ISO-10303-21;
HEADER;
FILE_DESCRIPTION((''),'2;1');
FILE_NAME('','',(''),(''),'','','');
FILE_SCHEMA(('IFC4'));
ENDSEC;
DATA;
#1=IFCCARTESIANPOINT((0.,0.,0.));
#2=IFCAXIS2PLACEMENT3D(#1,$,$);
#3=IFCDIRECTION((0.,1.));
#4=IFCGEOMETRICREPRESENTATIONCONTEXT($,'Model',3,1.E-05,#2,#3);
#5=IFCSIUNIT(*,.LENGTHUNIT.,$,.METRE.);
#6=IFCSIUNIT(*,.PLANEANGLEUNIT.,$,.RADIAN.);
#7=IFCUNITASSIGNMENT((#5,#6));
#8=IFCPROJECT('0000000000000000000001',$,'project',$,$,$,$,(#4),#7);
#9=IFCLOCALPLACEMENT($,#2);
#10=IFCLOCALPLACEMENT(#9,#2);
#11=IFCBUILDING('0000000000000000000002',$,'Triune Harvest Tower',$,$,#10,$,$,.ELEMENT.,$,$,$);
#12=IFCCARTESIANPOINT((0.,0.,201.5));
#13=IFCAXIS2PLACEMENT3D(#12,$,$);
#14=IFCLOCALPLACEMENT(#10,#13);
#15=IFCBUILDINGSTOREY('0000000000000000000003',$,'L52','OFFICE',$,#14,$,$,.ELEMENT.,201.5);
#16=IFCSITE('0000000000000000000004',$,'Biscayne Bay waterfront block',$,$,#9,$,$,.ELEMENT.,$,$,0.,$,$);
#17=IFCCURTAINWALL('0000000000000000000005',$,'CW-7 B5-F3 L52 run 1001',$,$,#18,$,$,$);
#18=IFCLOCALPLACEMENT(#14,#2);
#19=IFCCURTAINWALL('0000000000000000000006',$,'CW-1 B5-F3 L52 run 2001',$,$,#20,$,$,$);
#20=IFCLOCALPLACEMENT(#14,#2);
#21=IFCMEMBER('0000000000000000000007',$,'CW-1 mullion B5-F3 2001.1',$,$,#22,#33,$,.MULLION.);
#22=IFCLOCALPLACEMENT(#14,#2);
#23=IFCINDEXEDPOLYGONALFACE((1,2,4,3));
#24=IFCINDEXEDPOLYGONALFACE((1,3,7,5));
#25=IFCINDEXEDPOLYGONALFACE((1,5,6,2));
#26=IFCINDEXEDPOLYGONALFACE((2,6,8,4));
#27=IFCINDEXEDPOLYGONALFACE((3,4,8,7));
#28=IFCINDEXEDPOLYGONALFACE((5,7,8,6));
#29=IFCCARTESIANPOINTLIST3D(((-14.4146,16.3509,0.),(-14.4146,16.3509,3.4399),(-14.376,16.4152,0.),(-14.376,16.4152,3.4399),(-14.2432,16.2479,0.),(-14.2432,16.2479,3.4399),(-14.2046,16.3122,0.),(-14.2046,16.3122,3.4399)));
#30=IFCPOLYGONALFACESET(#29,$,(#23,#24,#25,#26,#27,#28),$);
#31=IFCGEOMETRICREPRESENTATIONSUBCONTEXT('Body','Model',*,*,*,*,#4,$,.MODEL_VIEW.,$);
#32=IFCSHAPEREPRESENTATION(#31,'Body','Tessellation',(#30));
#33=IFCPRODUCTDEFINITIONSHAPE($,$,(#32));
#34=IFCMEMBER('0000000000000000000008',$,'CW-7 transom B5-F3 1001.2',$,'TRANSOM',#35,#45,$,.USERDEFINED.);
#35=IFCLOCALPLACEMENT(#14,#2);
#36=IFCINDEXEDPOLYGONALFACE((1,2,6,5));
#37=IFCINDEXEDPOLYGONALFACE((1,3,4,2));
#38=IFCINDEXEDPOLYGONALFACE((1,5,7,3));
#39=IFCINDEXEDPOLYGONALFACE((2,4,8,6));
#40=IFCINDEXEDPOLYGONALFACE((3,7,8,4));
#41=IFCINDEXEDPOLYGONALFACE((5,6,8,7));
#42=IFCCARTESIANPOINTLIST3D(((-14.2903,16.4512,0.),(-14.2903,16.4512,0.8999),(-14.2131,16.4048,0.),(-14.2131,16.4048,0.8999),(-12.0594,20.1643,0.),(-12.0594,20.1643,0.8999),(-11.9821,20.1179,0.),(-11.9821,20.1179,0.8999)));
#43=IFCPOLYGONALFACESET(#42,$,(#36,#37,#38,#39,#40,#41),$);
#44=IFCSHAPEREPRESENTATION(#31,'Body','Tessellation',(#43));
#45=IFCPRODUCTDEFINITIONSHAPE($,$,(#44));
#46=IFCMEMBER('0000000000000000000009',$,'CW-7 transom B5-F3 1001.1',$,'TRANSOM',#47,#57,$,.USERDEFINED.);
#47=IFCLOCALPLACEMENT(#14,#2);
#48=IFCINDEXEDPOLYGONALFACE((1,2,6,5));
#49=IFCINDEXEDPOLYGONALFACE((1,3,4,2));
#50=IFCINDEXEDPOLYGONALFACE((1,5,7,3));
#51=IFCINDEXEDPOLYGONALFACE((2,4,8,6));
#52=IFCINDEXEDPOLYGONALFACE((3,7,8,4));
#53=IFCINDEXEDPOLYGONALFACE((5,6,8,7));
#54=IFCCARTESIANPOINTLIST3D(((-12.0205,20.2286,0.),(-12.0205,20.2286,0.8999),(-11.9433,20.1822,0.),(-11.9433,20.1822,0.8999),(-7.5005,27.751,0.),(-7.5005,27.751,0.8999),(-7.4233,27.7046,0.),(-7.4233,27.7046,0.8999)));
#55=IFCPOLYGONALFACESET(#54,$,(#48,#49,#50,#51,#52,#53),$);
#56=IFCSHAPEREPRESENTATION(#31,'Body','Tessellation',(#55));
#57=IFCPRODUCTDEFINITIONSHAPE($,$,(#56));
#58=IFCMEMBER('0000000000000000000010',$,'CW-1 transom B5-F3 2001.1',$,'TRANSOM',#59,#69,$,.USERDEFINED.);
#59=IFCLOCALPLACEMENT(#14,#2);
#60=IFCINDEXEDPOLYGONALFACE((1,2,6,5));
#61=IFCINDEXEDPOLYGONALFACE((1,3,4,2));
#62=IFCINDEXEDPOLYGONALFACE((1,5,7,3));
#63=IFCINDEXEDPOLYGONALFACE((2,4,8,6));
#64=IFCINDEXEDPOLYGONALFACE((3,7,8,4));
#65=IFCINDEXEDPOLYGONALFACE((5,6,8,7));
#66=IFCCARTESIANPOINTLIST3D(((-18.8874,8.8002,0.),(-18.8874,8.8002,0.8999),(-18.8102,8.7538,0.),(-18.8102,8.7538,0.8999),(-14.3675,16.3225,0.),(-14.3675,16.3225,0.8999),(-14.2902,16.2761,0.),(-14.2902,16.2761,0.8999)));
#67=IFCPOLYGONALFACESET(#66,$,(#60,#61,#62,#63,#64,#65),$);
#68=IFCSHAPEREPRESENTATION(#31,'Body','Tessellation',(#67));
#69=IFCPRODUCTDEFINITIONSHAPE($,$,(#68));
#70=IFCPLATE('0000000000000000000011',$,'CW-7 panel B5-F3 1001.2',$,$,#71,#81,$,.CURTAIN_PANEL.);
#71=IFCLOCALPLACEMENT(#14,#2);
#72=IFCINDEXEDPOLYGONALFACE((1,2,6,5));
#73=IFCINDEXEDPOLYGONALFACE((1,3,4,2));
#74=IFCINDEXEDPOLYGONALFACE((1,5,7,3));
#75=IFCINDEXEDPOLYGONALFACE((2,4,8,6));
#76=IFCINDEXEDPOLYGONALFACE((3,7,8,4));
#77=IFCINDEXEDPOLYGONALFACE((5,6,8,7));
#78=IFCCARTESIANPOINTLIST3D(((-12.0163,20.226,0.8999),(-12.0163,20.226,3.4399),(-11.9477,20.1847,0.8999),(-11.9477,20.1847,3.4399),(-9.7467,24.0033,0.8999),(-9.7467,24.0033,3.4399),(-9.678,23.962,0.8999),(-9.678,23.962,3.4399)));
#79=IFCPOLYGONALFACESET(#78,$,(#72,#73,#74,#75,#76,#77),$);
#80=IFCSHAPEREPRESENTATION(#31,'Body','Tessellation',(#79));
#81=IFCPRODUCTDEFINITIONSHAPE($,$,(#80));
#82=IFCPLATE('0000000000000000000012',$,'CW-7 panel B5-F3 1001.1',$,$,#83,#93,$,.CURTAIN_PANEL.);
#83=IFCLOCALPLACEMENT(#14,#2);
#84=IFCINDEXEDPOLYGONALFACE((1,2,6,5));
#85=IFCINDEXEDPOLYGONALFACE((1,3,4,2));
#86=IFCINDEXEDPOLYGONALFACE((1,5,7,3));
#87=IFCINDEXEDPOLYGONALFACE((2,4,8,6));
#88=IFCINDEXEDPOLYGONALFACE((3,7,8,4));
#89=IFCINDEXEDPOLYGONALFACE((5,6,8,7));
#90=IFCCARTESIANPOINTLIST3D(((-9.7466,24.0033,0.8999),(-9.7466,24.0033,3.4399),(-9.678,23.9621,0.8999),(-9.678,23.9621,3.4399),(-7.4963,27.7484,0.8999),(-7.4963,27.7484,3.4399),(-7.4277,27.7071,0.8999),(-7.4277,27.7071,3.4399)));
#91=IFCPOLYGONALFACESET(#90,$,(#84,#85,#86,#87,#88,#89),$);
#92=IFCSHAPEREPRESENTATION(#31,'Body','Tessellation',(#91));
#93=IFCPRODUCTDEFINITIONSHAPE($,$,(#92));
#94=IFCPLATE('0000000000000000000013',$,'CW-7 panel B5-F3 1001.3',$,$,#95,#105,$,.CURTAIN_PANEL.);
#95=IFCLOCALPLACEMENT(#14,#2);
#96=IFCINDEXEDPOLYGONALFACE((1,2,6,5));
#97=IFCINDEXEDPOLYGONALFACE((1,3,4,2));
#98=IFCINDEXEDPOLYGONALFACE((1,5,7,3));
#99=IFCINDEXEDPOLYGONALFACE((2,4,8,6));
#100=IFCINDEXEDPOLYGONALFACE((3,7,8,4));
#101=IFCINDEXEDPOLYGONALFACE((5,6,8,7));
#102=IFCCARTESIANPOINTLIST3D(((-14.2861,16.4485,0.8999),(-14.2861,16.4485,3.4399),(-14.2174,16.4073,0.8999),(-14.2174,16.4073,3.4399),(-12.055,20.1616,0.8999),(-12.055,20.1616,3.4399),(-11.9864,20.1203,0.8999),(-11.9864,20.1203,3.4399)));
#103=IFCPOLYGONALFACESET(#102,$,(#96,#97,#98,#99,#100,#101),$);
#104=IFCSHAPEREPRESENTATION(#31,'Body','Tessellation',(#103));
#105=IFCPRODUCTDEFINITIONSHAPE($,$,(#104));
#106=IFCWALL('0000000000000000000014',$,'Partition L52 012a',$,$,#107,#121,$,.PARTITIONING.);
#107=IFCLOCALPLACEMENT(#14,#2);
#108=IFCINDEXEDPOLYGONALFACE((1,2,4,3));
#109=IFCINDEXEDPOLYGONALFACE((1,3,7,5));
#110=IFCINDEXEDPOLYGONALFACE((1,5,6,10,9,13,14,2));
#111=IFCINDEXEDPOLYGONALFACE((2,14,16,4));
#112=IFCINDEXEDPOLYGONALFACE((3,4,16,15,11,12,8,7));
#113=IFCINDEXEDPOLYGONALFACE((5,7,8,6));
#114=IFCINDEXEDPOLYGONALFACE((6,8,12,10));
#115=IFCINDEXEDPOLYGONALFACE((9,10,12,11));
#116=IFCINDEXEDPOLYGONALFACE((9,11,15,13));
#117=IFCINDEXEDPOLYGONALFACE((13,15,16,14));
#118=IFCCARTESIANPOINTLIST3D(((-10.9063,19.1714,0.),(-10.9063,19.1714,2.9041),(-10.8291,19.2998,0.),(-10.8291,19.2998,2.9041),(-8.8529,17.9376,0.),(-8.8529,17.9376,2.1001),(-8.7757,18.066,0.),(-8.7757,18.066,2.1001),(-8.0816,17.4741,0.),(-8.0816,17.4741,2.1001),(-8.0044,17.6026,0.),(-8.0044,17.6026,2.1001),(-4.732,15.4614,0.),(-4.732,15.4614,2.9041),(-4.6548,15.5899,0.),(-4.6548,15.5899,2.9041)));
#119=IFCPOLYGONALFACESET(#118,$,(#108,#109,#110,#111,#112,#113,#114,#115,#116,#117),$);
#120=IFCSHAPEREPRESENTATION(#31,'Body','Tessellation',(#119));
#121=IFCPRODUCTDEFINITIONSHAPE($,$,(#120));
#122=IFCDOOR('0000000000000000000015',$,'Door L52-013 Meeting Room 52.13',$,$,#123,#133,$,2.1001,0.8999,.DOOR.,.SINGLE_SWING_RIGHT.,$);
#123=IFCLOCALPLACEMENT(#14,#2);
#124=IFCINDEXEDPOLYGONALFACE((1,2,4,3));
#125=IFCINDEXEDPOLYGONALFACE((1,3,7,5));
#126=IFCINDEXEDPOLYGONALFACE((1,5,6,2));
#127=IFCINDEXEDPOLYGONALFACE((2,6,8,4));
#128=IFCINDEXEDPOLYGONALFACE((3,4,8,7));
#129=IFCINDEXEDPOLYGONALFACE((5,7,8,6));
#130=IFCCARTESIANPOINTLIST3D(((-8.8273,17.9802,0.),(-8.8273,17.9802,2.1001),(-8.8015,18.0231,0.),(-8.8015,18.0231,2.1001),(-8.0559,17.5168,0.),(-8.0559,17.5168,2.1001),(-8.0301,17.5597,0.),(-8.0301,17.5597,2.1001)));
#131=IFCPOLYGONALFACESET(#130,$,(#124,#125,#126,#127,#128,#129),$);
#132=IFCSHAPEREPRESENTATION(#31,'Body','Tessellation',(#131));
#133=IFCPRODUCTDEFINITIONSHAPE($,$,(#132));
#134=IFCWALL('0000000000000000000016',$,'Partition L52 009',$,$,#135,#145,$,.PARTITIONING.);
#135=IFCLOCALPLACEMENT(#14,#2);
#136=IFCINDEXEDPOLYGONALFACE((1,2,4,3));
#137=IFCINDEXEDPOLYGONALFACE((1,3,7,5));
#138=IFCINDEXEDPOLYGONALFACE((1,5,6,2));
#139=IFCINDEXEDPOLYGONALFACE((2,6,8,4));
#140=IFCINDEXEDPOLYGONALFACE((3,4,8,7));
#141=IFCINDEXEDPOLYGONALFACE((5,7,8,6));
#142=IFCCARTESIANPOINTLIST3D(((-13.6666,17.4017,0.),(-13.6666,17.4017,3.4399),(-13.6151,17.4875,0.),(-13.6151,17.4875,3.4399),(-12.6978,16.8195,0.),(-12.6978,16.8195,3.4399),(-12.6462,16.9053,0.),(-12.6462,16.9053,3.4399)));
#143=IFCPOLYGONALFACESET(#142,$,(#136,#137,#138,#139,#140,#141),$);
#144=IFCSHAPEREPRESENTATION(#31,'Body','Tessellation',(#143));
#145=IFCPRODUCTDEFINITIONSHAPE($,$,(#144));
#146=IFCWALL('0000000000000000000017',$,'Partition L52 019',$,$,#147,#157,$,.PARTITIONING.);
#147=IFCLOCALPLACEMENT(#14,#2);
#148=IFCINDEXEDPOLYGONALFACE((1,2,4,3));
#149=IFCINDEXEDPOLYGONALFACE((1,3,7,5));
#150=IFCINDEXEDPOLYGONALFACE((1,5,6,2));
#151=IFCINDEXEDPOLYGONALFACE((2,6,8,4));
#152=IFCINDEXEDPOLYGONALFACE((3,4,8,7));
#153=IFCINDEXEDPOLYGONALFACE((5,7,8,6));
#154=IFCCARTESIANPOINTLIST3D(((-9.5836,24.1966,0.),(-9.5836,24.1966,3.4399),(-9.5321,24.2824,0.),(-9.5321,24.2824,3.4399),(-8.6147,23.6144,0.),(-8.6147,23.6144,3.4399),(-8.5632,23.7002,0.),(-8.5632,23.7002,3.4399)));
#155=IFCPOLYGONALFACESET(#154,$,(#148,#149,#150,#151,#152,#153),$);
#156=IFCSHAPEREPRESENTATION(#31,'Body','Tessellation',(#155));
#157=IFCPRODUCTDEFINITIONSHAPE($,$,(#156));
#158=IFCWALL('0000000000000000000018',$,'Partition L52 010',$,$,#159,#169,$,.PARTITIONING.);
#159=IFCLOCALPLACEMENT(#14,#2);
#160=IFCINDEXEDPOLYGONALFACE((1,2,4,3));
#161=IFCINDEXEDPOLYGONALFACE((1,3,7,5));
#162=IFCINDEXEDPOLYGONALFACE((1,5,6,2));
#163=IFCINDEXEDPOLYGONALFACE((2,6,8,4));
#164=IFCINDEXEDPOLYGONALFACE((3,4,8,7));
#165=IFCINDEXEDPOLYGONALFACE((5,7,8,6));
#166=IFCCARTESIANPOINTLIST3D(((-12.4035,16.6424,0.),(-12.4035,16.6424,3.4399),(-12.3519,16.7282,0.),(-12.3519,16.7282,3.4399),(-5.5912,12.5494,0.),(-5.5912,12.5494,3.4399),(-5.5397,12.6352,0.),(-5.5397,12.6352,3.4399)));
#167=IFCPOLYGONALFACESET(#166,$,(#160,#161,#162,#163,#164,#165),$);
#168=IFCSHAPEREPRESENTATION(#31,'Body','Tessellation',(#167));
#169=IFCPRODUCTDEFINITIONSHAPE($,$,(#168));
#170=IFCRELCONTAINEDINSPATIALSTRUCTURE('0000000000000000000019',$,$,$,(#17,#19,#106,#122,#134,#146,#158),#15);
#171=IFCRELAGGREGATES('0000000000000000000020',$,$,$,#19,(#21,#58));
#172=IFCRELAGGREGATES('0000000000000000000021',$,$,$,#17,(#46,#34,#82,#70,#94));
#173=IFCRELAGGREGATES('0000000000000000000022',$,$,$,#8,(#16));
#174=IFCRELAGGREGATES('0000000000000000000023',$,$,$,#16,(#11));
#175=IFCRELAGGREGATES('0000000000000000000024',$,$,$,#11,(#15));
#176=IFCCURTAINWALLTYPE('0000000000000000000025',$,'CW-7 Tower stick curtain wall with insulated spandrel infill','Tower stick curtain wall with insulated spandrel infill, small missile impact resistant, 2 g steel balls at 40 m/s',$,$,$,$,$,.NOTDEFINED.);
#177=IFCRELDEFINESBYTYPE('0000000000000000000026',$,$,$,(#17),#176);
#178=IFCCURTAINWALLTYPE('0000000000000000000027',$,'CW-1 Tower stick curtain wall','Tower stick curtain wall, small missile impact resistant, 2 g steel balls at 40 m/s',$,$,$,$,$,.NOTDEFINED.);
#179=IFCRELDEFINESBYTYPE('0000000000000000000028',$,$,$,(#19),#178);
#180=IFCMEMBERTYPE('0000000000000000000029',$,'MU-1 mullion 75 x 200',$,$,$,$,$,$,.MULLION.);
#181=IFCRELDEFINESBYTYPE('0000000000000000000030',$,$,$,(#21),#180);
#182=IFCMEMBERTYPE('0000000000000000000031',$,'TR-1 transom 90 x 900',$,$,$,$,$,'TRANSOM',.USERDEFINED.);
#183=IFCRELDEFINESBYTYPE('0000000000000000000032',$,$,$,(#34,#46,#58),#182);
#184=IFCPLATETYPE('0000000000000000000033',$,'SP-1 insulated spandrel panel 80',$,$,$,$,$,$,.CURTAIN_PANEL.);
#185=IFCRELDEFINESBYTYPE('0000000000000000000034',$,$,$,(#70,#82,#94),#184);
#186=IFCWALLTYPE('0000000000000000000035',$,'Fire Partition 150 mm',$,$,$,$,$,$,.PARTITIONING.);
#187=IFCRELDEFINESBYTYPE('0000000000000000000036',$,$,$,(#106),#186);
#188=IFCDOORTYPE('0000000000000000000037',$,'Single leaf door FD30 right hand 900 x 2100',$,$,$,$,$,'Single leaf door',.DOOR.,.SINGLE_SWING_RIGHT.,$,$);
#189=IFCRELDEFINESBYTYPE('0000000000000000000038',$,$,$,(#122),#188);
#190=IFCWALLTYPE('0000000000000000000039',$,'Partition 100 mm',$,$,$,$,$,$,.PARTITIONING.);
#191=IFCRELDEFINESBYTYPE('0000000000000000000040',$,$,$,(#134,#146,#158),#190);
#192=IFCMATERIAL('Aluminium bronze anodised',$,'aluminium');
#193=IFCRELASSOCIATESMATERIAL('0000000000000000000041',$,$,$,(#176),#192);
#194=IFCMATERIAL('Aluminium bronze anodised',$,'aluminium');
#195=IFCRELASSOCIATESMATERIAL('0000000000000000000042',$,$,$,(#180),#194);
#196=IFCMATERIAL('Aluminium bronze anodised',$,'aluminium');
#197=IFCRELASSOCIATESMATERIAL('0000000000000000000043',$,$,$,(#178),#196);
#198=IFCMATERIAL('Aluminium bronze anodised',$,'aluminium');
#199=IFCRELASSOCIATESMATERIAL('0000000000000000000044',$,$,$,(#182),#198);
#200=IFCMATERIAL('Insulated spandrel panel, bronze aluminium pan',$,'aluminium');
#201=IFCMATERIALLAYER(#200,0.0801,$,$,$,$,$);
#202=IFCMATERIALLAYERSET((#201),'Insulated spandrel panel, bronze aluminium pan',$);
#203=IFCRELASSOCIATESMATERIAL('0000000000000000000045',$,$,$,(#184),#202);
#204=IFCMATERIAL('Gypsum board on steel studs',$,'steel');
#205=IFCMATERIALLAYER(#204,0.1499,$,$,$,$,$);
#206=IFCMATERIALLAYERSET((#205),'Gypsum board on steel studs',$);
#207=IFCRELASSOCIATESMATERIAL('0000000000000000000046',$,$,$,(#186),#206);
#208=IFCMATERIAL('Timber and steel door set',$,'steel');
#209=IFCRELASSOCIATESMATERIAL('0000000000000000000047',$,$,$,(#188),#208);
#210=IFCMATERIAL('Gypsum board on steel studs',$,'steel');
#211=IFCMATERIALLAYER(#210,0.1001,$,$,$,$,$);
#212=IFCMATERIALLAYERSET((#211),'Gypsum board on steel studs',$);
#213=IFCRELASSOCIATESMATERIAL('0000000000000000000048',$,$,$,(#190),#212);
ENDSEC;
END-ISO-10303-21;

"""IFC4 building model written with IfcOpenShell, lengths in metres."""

from ifc_helpers import new_model, si_unit, direction, frame, frame_2d, origin, origin_2d, place, context, subcontext, project, spatial, rectangle, extrude, source, transform, mapped, material, layer, layer_set, material_profile, profile_set, type_object, element, fill, aggregate, save


model = new_model("IFC4")

# Units and contexts
model_context = context("Model", 3, precision=1e-05, world=origin(), true_north=direction((0.0, 1.0)))
body_context = subcontext(model_context, "Body", "Model", "MODEL_VIEW")
ifc_project = project(units=[si_unit("LENGTHUNIT", "METRE"), si_unit("PLANEANGLEUNIT", "RADIAN")], contexts=[model_context])

# Site, building, storey
site_placement = place(None, origin())
site = spatial("IfcSite", under=ifc_project, at=site_placement, Name="Biscayne Bay waterfront block", CompositionType="ELEMENT", RefElevation=0.0)
building_placement = place(site_placement, origin())
building = spatial("IfcBuilding", under=site, at=building_placement, Name="Triune Harvest Tower", CompositionType="ELEMENT")
storey_placement = place(building_placement, frame((0.0, 0.0, 201.5)))
storey = spatial("IfcBuildingStorey", under=building, at=storey_placement, Name="L52", Description="OFFICE", CompositionType="ELEMENT", Elevation=201.5)

# Curtain wall
ifc_material_1 = material(Name="Aluminium bronze anodised", Category="aluminium")
curtain_wall_type_1 = type_object("IfcCurtainWallType", Name="CW-7 Tower stick curtain wall with insulated spandrel infill", Description="Tower stick curtain wall with insulated spandrel infill, small missile impact resistant, 2 g steel balls at 40 m/s", PredefinedType="NOTDEFINED", material=ifc_material_1)
curtain_wall_1_placement = place(storey_placement, origin())
curtain_wall_1 = element("IfcCurtainWall", 1, at=curtain_wall_1_placement, inside=storey, type_object=curtain_wall_type_1, Name="CW-7 B5-F3 L52 run 1001")
ifc_material_2 = material(Name="Aluminium bronze anodised", Category="aluminium")
ifc_material_profile_1 = material_profile(ifc_material_2, rectangle(XDim=0.2, YDim=0.075, at=origin_2d()), Name="MU-1 mullion 75 x 200")
ifc_profile_set_1 = profile_set([ifc_material_profile_1], Name="Aluminium bronze anodised")
member_type_1 = type_object("IfcMemberType", Name="MU-1 mullion 75 x 200", PredefinedType="MULLION", material=ifc_profile_set_1)
shared_shape_1 = source(origin(), body_context, "Body", "SweptSolid", [
    extrude(rectangle(XDim=0.2, YDim=0.075, at=origin_2d()), origin(), (0.0, 0.0, 1.0), 3.4399),
])

# Curtain wall, member
ifc_material_3 = material(Name="Aluminium bronze anodised", Category="aluminium")
curtain_wall_type_2 = type_object("IfcCurtainWallType", Name="CW-1 Tower stick curtain wall", Description="Tower stick curtain wall, small missile impact resistant, 2 g steel balls at 40 m/s", PredefinedType="NOTDEFINED", material=ifc_material_3)
curtain_wall_2_placement = place(storey_placement, origin())
curtain_wall_2 = element("IfcCurtainWall", 2, at=curtain_wall_2_placement, inside=storey, type_object=curtain_wall_type_2, Name="CW-1 B5-F3 L52 run 2001")
member_1_placement = place(storey_placement, frame((-14.3096, 16.3315, 0.0), z_axis=(0.0, 0.0, 1.0), x_axis=(0.857172, -0.515031, 0.0)))
member_1 = element("IfcMember", 3, at=member_1_placement, type_object=member_type_1, Name="CW-1 mullion B5-F3 2001.1", PredefinedType="MULLION", context=body_context, shape_type="MappedRepresentation", body=[
    mapped(shared_shape_1, transform((0.0, 0.0, 0.0), scale=1.0)),
])

# Members
ifc_material_4 = material(Name="Aluminium bronze anodised", Category="aluminium")
ifc_material_profile_2 = material_profile(ifc_material_4, rectangle(XDim=0.0901, YDim=0.8999, at=origin_2d()), Name="TR-1 transom 90 x 900")
ifc_profile_set_2 = profile_set([ifc_material_profile_2], Name="Aluminium bronze anodised")
member_type_2 = type_object("IfcMemberType", Name="TR-1 transom 90 x 900", ElementType="TRANSOM", PredefinedType="USERDEFINED", material=ifc_profile_set_2)
shared_shape_2 = source(origin(), body_context, "Body", "SweptSolid", [
    extrude(rectangle(XDim=0.0901, YDim=0.8999, at=origin_2d()), origin(), (0.0, 0.0, 1.0), 4.3318),
])
member_2_placement = place(storey_placement, frame((-12.0208, 20.1411, 0.45), z_axis=(-0.515018, -0.857179, 0.0), x_axis=(0.857179, -0.515018, 0.0)))
member_2 = element("IfcMember", 4, at=member_2_placement, type_object=member_type_2, Name="CW-7 transom B5-F3 1001.2", ObjectType="TRANSOM", PredefinedType="USERDEFINED", context=body_context, shape_type="MappedRepresentation", body=[
    mapped(shared_shape_2, transform((0.0, 0.0, 0.0), scale=1.0)),
])
shared_shape_3 = source(origin(), body_context, "Body", "SweptSolid", [
    extrude(rectangle(XDim=0.0901, YDim=0.8999, at=origin_2d()), origin(), (0.0, 0.0, 1.0), 8.7759),
])
member_3_placement = place(storey_placement, frame((-7.4619, 27.7278, 0.45), z_axis=(-0.515044, -0.857164, 0.0), x_axis=(0.857164, -0.515044, 0.0)))
member_3 = element("IfcMember", 5, at=member_3_placement, type_object=member_type_2, Name="CW-7 transom B5-F3 1001.1", ObjectType="TRANSOM", PredefinedType="USERDEFINED", context=body_context, shape_type="MappedRepresentation", body=[
    mapped(shared_shape_3, transform((0.0, 0.0, 0.0), scale=1.0)),
])
member_4_placement = place(storey_placement, frame((-14.3289, 16.2993, 0.45), z_axis=(-0.515044, -0.857164, 0.0), x_axis=(0.857164, -0.515044, 0.0)))
member_4 = element("IfcMember", 6, at=member_4_placement, type_object=member_type_2, Name="CW-1 transom B5-F3 2001.1", ObjectType="TRANSOM", PredefinedType="USERDEFINED", context=body_context, shape_type="MappedRepresentation", body=[
    mapped(shared_shape_3, transform((0.0, 0.0, 0.0), scale=1.0)),
])
aggregate(curtain_wall_2, [member_1, member_4])

# Plates
ifc_material_5 = material(Name="Insulated spandrel panel, bronze aluminium pan", Category="aluminium")
ifc_layer_1 = layer(ifc_material_5, 0.0801)
ifc_layer_set_1 = layer_set([ifc_layer_1], Name="Insulated spandrel panel, bronze aluminium pan")
plate_type = type_object("IfcPlateType", Name="SP-1 insulated spandrel panel 80", PredefinedType="CURTAIN_PANEL", material=ifc_layer_set_1)
shared_shape_4 = source(origin(), body_context, "Body", "SweptSolid", [
    extrude(rectangle(XDim=4.4067, YDim=0.0801, at=origin_2d()), origin(), (0.0, 0.0, 1.0), 2.54),
])
plate_1_placement = place(storey_placement, frame((-10.8472, 22.094, 0.8999), z_axis=(0.0, 0.0, 1.0), x_axis=(-0.515039, -0.857166, 0.0)))
plate_1 = element("IfcPlate", 7, at=plate_1_placement, type_object=plate_type, Name="CW-7 panel B5-F3 1001.2", PredefinedType="CURTAIN_PANEL", context=body_context, shape_type="MappedRepresentation", body=[
    mapped(shared_shape_4, transform((0.0, 0.0, 0.0), scale=1.0)),
])
shared_shape_5 = source(origin(), body_context, "Body", "SweptSolid", [
    extrude(rectangle(XDim=4.3691, YDim=0.0801, at=origin_2d()), origin(), (0.0, 0.0, 1.0), 2.54),
])
plate_2_placement = place(storey_placement, frame((-8.5872, 25.8552, 0.8999), z_axis=(0.0, 0.0, 1.0), x_axis=(-0.515039, -0.857166, 0.0)))
plate_2 = element("IfcPlate", 8, at=plate_2_placement, type_object=plate_type, Name="CW-7 panel B5-F3 1001.1", PredefinedType="CURTAIN_PANEL", context=body_context, shape_type="MappedRepresentation", body=[
    mapped(shared_shape_5, transform((0.0, 0.0, 0.0), scale=1.0)),
])
shared_shape_6 = source(origin(), body_context, "Body", "SweptSolid", [
    extrude(rectangle(XDim=4.3318, YDim=0.0801, at=origin_2d()), origin(), (0.0, 0.0, 1.0), 2.54),
])
plate_3_placement = place(storey_placement, frame((-13.1362, 18.2844, 0.8999), z_axis=(0.0, 0.0, 1.0), x_axis=(-0.515039, -0.857166, 0.0)))
plate_3 = element("IfcPlate", 9, at=plate_3_placement, type_object=plate_type, Name="CW-7 panel B5-F3 1001.3", PredefinedType="CURTAIN_PANEL", context=body_context, shape_type="MappedRepresentation", body=[
    mapped(shared_shape_6, transform((0.0, 0.0, 0.0), scale=1.0)),
])
aggregate(curtain_wall_1, [member_3, member_2, plate_2, plate_1, plate_3])

# Wall, opening, door
ifc_material_6 = material(Name="Gypsum board on steel studs", Category="steel")
ifc_layer_2 = layer(ifc_material_6, 0.1499)
ifc_layer_set_2 = layer_set([ifc_layer_2], Name="Gypsum board on steel studs")
wall_type_1 = type_object("IfcWallType", Name="Fire Partition 150 mm", PredefinedType="PARTITIONING", material=ifc_layer_set_2)
wall_1_placement = place(storey_placement, frame((-10.8677, 19.2356, 0.0), z_axis=(0.0, 0.0, 1.0), x_axis=(0.857164, -0.515044, 0.0)))
wall_1 = element("IfcWall", 10, at=wall_1_placement, inside=storey, type_object=wall_type_1, Name="Partition L52 012a", PredefinedType="PARTITIONING", context=body_context, shape_type="SweptSolid", body=[
    extrude(rectangle(XDim=7.2031, YDim=0.1499, at=frame_2d((3.6016, 0.0))), origin(), (0.0, 0.0, 1.0), 2.9041),
])
opening_1_placement = place(wall_1_placement, frame((2.3955, 0.0, 0.0)))
opening_1 = element("IfcOpeningElement", 11, at=opening_1_placement, cuts=wall_1, PredefinedType="OPENING", context=body_context, shape_type="SweptSolid", body=[
    extrude(rectangle(XDim=0.8999, YDim=2.1001, at=frame_2d((0.45, 1.05))), frame((0.0, 0.085, 0.0), z_axis=(0.0, -1.0, 0.0), x_axis=(1.0, 0.0, 0.0)), (0.0, 0.0, 1.0), 0.1699),
])
ifc_material_7 = material(Name="Timber and steel door set", Category="steel")
door_type_1 = type_object("IfcDoorType", Name="Single leaf door FD30 right hand 900 x 2100", ElementType="Single leaf door", OperationType="SINGLE_SWING_RIGHT", PredefinedType="DOOR", material=ifc_material_7)
door_1_placement = place(opening_1_placement, origin())
door_1 = element("IfcDoor", 12, at=door_1_placement, inside=storey, type_object=door_type_1, Name="Door L52-013 Meeting Room 52.13", OperationType="SINGLE_SWING_RIGHT", OverallHeight=2.1001, OverallWidth=0.8999, PredefinedType="DOOR", context=body_context, shape_type="SweptSolid", body=[
    extrude(rectangle(XDim=0.8999, YDim=2.1001, at=frame_2d((0.45, 1.05))), frame((0.0, 0.0249, 0.0), z_axis=(0.0, -1.0, 0.0), x_axis=(1.0, 0.0, 0.0)), (0.0, 0.0, 1.0), 0.05),
])
fill(opening_1, door_1)

# Walls
ifc_material_8 = material(Name="Gypsum board on steel studs", Category="steel")
ifc_layer_3 = layer(ifc_material_8, 0.1001)
ifc_layer_set_3 = layer_set([ifc_layer_3], Name="Gypsum board on steel studs")
wall_type_2 = type_object("IfcWallType", Name="Partition 100 mm", PredefinedType="PARTITIONING", material=ifc_layer_set_3)
shared_shape_7 = source(origin(), body_context, "Body", "SweptSolid", [
    extrude(rectangle(XDim=1.1304, YDim=0.1001, at=frame_2d((0.5652, 0.0))), origin(), (0.0, 0.0, 1.0), 3.4399),
])
for number, where, z_axis, x_axis, name in (
    (13, (-13.6409, 17.4446, 0.0), (0.0, 0.0, 1.0), (0.85715, -0.515067, 0.0), "Partition L52 009"),
    (14, (-9.5579, 24.2395, 0.0), (0.0, 0.0, 1.0), (0.85715, -0.515067, 0.0), "Partition L52 019"),
):
    element("IfcWall", number, at=place(storey_placement, frame(where, z_axis=z_axis, x_axis=x_axis)), inside=storey, type_object=wall_type_2, Name=name, PredefinedType="PARTITIONING", context=body_context, shape_type="MappedRepresentation", body=[
        mapped(shared_shape_7, transform((0.0, 0.0, 0.0), scale=1.0)),
    ])
shared_shape_8 = source(origin(), body_context, "Body", "SweptSolid", [
    extrude(rectangle(XDim=7.9473, YDim=0.1001, at=frame_2d((3.9736, 0.0))), origin(), (0.0, 0.0, 1.0), 3.4399),
])
wall_2_placement = place(storey_placement, frame((-12.3777, 16.6853, 0.0), z_axis=(0.0, 0.0, 1.0), x_axis=(0.857178, -0.51502, 0.0)))
element("IfcWall", 15, at=wall_2_placement, inside=storey, type_object=wall_type_2, Name="Partition L52 010", PredefinedType="PARTITIONING", context=body_context, shape_type="MappedRepresentation", body=[
    mapped(shared_shape_8, transform((0.0, 0.0, 0.0), scale=1.0)),
])

save(model, "model.ifc")
